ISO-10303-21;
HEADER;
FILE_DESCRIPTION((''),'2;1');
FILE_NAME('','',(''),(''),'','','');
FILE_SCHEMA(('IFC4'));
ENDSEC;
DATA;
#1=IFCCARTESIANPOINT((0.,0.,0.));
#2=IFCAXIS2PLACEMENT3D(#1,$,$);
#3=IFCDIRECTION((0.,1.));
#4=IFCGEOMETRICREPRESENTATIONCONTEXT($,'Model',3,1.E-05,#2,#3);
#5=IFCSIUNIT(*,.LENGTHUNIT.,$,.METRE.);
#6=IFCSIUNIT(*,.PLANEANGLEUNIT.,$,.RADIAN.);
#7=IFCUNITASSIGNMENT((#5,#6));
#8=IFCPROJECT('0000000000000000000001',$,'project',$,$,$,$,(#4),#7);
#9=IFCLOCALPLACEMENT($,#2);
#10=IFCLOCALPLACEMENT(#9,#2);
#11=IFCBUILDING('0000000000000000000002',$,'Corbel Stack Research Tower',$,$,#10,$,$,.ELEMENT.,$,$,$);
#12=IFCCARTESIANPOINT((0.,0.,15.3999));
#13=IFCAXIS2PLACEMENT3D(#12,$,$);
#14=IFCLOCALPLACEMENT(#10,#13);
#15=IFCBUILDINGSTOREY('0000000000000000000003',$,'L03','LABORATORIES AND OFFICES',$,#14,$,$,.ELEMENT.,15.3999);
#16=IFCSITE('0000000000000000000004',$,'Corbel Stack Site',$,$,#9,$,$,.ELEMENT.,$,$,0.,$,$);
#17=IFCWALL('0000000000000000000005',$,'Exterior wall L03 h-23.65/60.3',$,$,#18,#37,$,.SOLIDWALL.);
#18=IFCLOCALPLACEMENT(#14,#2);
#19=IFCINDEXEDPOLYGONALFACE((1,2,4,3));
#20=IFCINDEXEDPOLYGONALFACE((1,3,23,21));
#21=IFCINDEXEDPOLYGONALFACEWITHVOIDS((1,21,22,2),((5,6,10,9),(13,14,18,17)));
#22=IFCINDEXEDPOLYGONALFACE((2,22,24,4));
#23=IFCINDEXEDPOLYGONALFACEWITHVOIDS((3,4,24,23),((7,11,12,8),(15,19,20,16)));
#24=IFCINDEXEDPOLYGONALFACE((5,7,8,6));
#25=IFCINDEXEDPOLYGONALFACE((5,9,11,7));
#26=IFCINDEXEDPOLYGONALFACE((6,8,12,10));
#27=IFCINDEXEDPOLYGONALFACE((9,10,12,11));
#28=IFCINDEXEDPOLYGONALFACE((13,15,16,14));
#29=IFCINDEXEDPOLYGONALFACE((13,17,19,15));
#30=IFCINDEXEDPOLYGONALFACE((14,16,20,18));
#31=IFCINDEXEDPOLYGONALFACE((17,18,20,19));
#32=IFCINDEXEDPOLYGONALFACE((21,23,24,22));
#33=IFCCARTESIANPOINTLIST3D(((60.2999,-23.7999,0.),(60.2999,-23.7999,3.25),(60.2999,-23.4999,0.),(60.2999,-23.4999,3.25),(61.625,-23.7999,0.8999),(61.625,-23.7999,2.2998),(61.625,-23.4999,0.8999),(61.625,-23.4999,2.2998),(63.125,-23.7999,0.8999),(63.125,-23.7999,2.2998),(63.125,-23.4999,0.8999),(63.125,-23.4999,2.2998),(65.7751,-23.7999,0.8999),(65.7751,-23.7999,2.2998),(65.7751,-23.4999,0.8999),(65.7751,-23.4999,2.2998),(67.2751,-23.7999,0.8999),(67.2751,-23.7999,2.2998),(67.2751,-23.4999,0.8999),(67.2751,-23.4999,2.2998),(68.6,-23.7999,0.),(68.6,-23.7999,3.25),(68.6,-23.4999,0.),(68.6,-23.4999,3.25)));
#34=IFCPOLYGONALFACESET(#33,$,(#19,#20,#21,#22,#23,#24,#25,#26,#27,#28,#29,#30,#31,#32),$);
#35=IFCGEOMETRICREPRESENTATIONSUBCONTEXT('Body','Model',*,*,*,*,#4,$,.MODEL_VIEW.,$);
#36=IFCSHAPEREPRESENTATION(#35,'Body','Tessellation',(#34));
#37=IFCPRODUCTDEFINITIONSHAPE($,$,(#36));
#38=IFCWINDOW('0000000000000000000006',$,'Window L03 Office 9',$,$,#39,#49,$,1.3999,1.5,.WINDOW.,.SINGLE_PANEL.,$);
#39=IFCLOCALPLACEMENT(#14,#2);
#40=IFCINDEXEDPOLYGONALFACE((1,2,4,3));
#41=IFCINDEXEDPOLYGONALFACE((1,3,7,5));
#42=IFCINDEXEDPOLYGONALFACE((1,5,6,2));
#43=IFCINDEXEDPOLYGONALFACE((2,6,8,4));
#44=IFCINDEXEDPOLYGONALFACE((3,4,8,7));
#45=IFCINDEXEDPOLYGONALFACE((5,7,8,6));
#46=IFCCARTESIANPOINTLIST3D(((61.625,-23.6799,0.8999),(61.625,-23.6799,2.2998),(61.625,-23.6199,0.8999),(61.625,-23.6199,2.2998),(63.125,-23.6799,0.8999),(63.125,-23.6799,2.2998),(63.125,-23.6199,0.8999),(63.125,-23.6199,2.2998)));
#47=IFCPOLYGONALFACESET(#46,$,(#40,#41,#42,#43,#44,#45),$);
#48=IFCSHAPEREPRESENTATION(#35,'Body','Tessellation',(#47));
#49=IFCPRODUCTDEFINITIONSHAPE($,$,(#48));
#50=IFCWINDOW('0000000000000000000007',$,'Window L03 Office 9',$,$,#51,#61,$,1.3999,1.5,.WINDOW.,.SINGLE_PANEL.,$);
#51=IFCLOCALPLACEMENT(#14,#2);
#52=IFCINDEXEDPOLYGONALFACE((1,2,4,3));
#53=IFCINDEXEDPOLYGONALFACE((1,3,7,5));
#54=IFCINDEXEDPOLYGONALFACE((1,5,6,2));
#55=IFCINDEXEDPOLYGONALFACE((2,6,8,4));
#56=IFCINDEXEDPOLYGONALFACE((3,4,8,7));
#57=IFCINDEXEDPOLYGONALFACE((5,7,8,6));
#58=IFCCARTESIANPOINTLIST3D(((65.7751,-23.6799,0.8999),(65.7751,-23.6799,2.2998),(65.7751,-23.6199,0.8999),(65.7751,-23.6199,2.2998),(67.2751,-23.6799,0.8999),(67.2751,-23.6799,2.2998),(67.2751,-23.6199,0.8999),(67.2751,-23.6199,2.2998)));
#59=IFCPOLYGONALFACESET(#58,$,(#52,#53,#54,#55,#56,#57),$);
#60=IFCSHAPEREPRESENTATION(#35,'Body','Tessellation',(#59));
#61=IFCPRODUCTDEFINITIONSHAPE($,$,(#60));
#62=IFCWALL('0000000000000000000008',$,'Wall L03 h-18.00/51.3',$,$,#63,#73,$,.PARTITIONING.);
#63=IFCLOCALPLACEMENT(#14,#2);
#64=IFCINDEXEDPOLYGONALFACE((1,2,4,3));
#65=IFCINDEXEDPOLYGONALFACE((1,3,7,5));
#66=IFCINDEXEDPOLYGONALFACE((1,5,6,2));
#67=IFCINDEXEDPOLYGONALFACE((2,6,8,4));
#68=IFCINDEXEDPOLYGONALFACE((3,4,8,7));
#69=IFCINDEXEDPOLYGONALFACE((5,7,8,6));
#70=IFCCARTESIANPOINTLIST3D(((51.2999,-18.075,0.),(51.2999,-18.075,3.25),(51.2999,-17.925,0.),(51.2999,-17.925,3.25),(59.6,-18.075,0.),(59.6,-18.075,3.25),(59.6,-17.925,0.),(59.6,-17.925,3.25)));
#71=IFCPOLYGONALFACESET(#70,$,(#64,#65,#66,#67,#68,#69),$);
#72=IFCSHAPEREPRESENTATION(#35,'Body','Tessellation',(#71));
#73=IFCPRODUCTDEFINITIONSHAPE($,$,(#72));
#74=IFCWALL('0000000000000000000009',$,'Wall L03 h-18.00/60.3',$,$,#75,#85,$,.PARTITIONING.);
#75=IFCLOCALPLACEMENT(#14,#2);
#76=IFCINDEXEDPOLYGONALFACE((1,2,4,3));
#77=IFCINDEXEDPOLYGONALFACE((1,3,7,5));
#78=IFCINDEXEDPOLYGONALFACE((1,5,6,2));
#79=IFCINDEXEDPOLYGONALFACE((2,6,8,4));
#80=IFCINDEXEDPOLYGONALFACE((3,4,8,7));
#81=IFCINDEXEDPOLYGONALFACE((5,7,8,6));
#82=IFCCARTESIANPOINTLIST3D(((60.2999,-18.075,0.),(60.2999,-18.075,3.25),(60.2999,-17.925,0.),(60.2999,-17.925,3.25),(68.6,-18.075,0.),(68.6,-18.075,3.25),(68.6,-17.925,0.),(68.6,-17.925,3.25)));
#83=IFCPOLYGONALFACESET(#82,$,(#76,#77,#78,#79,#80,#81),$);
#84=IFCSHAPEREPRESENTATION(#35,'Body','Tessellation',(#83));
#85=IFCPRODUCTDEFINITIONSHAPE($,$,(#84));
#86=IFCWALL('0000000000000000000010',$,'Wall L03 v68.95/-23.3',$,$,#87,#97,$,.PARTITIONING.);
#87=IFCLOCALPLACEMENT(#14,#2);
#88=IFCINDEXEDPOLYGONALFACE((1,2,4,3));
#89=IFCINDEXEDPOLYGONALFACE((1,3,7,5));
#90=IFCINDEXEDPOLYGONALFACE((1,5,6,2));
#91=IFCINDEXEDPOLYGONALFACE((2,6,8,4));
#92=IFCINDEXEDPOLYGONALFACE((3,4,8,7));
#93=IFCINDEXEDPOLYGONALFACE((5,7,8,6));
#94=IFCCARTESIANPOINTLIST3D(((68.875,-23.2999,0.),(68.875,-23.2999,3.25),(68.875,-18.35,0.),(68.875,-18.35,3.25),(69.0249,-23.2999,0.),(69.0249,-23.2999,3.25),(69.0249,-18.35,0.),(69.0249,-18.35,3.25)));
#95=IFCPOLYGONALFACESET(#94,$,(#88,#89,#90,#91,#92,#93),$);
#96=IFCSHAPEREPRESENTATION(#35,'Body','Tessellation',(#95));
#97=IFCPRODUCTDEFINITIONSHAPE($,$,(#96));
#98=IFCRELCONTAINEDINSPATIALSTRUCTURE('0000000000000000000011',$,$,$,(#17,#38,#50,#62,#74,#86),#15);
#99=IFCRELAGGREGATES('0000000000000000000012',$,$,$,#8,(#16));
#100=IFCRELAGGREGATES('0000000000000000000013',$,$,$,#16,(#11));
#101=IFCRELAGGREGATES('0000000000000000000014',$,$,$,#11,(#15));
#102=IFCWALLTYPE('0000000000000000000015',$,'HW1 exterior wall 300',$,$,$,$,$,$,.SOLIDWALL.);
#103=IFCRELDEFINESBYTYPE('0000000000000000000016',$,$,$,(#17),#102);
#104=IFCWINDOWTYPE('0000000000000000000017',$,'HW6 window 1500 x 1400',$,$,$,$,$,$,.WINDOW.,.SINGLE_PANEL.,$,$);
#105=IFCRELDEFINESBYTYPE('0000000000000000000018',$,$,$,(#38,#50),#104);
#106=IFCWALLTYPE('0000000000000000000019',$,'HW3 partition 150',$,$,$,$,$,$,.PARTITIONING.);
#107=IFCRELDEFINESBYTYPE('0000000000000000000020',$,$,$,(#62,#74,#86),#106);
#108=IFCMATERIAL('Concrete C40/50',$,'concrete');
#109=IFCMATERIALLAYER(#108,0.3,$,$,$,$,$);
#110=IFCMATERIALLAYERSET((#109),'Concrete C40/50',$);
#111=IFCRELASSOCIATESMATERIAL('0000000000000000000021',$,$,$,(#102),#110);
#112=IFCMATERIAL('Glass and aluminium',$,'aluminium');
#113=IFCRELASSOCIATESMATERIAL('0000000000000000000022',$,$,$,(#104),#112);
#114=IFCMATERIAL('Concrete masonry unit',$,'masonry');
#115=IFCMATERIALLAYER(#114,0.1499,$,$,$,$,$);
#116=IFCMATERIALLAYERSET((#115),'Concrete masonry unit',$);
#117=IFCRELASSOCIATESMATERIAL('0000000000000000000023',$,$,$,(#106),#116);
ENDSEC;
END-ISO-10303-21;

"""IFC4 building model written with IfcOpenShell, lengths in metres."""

from ifc_helpers import new_model, si_unit, direction, frame, frame_2d, origin, place, context, subcontext, project, spatial, rectangle, extrude, material, layer, layer_set, type_object, element, fill, save


model = new_model("IFC4")

# Units and contexts
model_context = context("Model", 3, precision=1e-05, world=origin(), true_north=direction((0.0, 1.0)))
body_context = subcontext(model_context, "Body", "Model", "MODEL_VIEW")
ifc_project = project(units=[si_unit("LENGTHUNIT", "METRE"), si_unit("PLANEANGLEUNIT", "RADIAN")], contexts=[model_context])

# Site, building, storey
site_placement = place(None, origin())
site = spatial("IfcSite", under=ifc_project, at=site_placement, Name="Corbel Stack Site", CompositionType="ELEMENT", RefElevation=0.0)
building_placement = place(site_placement, origin())
building = spatial("IfcBuilding", under=site, at=building_placement, Name="Corbel Stack Research Tower", CompositionType="ELEMENT")
storey_placement = place(building_placement, frame((0.0, 0.0, 15.3999)))
storey = spatial("IfcBuildingStorey", under=building, at=storey_placement, Name="L03", Description="LABORATORIES AND OFFICES", CompositionType="ELEMENT", Elevation=15.3999)

# Wall, openings, windows
ifc_material_1 = material(Name="Concrete C40/50", Category="concrete")
ifc_layer_1 = layer(ifc_material_1, 0.3)
ifc_layer_set_1 = layer_set([ifc_layer_1], Name="Concrete C40/50")
wall_type_1 = type_object("IfcWallType", Name="HW1 exterior wall 300", PredefinedType="SOLIDWALL", material=ifc_layer_set_1)
ifc_material_2 = material(Name="Glass and aluminium", Category="aluminium")
window_type = type_object("IfcWindowType", Name="HW6 window 1500 x 1400", PartitioningType="SINGLE_PANEL", PredefinedType="WINDOW", material=ifc_material_2)
wall_1_placement = place(storey_placement, frame((60.3, -23.6499, 0.0), z_axis=(0.0, 0.0, 1.0), x_axis=(1.0, 0.0, 0.0)))
wall_1 = element("IfcWall", 1, at=wall_1_placement, inside=storey, type_object=wall_type_1, Name="Exterior wall L03 h-23.65/60.3", PredefinedType="SOLIDWALL", context=body_context, shape_type="SweptSolid", body=[
    extrude(rectangle(XDim=8.3, YDim=0.3, at=frame_2d((4.1499, 0.0))), origin(), (0.0, 0.0, 1.0), 3.25),
])
opening_1_placement = place(wall_1_placement, frame((1.325, 0.0, 0.8999)))
opening_1 = element("IfcOpeningElement", 2, at=opening_1_placement, cuts=wall_1, PredefinedType="OPENING", context=body_context, shape_type="SweptSolid", body=[
    extrude(rectangle(XDim=1.5, YDim=1.3999, at=frame_2d((0.75, 0.7))), frame((0.0, 0.1599, 0.0), z_axis=(0.0, -1.0, 0.0), x_axis=(1.0, 0.0, 0.0)), (0.0, 0.0, 1.0), 0.3201),
])
opening_2_placement = place(wall_1_placement, frame((5.4751, 0.0, 0.8999)))
opening_2 = element("IfcOpeningElement", 3, at=opening_2_placement, cuts=wall_1, PredefinedType="OPENING", context=body_context, shape_type="SweptSolid", body=[
    extrude(rectangle(XDim=1.5, YDim=1.3999, at=frame_2d((0.75, 0.7))), frame((0.0, 0.1599, 0.0), z_axis=(0.0, -1.0, 0.0), x_axis=(1.0, 0.0, 0.0)), (0.0, 0.0, 1.0), 0.3201),
])
window_1_placement = place(opening_1_placement, origin())
window_1 = element("IfcWindow", 4, at=window_1_placement, inside=storey, type_object=window_type, Name="Window L03 Office 9", OverallHeight=1.3999, OverallWidth=1.5, PartitioningType="SINGLE_PANEL", PredefinedType="WINDOW", context=body_context, shape_type="SweptSolid", body=[
    extrude(rectangle(XDim=1.5, YDim=1.3999, at=frame_2d((0.75, 0.7))), frame((0.0, 0.03, 0.0), z_axis=(0.0, -1.0, 0.0), x_axis=(1.0, 0.0, 0.0)), (0.0, 0.0, 1.0), 0.0601),
])
fill(opening_1, window_1)
window_2_placement = place(opening_2_placement, origin())
window_2 = element("IfcWindow", 5, at=window_2_placement, inside=storey, type_object=window_type, Name="Window L03 Office 9", OverallHeight=1.3999, OverallWidth=1.5, PartitioningType="SINGLE_PANEL", PredefinedType="WINDOW", context=body_context, shape_type="SweptSolid", body=[
    extrude(rectangle(XDim=1.5, YDim=1.3999, at=frame_2d((0.75, 0.7))), frame((0.0, 0.03, 0.0), z_axis=(0.0, -1.0, 0.0), x_axis=(1.0, 0.0, 0.0)), (0.0, 0.0, 1.0), 0.0601),
])
fill(opening_2, window_2)

# Walls
ifc_material_3 = material(Name="Concrete masonry unit", Category="masonry")
ifc_layer_2 = layer(ifc_material_3, 0.1499)
ifc_layer_set_2 = layer_set([ifc_layer_2], Name="Concrete masonry unit")
wall_type_2 = type_object("IfcWallType", Name="HW3 partition 150", PredefinedType="PARTITIONING", material=ifc_layer_set_2)
for number, where, z_axis, x_axis, name in (
    (6, (51.3, -18.0, 0.0), (0.0, 0.0, 1.0), (1.0, 0.0, 0.0), "Wall L03 h-18.00/51.3"),
    (7, (60.3, -18.0, 0.0), (0.0, 0.0, 1.0), (1.0, 0.0, 0.0), "Wall L03 h-18.00/60.3"),
):
    element("IfcWall", number, at=place(storey_placement, frame(where, z_axis=z_axis, x_axis=x_axis)), inside=storey, type_object=wall_type_2, Name=name, PredefinedType="PARTITIONING", context=body_context, shape_type="SweptSolid", body=[
        extrude(rectangle(XDim=8.3, YDim=0.1499, at=frame_2d((4.1499, 0.0))), origin(), (0.0, 0.0, 1.0), 3.25),
    ])
wall_2_placement = place(storey_placement, frame((68.95, -23.3, 0.0), z_axis=(0.0, 0.0, 1.0), x_axis=(0.0, 1.0, 0.0)))
element("IfcWall", 8, at=wall_2_placement, inside=storey, type_object=wall_type_2, Name="Wall L03 v68.95/-23.3", PredefinedType="PARTITIONING", context=body_context, shape_type="SweptSolid", body=[
    extrude(rectangle(XDim=4.95, YDim=0.1499, at=frame_2d((2.4751, 0.0))), origin(), (0.0, 0.0, 1.0), 3.25),
])

save(model, "model.ifc")
